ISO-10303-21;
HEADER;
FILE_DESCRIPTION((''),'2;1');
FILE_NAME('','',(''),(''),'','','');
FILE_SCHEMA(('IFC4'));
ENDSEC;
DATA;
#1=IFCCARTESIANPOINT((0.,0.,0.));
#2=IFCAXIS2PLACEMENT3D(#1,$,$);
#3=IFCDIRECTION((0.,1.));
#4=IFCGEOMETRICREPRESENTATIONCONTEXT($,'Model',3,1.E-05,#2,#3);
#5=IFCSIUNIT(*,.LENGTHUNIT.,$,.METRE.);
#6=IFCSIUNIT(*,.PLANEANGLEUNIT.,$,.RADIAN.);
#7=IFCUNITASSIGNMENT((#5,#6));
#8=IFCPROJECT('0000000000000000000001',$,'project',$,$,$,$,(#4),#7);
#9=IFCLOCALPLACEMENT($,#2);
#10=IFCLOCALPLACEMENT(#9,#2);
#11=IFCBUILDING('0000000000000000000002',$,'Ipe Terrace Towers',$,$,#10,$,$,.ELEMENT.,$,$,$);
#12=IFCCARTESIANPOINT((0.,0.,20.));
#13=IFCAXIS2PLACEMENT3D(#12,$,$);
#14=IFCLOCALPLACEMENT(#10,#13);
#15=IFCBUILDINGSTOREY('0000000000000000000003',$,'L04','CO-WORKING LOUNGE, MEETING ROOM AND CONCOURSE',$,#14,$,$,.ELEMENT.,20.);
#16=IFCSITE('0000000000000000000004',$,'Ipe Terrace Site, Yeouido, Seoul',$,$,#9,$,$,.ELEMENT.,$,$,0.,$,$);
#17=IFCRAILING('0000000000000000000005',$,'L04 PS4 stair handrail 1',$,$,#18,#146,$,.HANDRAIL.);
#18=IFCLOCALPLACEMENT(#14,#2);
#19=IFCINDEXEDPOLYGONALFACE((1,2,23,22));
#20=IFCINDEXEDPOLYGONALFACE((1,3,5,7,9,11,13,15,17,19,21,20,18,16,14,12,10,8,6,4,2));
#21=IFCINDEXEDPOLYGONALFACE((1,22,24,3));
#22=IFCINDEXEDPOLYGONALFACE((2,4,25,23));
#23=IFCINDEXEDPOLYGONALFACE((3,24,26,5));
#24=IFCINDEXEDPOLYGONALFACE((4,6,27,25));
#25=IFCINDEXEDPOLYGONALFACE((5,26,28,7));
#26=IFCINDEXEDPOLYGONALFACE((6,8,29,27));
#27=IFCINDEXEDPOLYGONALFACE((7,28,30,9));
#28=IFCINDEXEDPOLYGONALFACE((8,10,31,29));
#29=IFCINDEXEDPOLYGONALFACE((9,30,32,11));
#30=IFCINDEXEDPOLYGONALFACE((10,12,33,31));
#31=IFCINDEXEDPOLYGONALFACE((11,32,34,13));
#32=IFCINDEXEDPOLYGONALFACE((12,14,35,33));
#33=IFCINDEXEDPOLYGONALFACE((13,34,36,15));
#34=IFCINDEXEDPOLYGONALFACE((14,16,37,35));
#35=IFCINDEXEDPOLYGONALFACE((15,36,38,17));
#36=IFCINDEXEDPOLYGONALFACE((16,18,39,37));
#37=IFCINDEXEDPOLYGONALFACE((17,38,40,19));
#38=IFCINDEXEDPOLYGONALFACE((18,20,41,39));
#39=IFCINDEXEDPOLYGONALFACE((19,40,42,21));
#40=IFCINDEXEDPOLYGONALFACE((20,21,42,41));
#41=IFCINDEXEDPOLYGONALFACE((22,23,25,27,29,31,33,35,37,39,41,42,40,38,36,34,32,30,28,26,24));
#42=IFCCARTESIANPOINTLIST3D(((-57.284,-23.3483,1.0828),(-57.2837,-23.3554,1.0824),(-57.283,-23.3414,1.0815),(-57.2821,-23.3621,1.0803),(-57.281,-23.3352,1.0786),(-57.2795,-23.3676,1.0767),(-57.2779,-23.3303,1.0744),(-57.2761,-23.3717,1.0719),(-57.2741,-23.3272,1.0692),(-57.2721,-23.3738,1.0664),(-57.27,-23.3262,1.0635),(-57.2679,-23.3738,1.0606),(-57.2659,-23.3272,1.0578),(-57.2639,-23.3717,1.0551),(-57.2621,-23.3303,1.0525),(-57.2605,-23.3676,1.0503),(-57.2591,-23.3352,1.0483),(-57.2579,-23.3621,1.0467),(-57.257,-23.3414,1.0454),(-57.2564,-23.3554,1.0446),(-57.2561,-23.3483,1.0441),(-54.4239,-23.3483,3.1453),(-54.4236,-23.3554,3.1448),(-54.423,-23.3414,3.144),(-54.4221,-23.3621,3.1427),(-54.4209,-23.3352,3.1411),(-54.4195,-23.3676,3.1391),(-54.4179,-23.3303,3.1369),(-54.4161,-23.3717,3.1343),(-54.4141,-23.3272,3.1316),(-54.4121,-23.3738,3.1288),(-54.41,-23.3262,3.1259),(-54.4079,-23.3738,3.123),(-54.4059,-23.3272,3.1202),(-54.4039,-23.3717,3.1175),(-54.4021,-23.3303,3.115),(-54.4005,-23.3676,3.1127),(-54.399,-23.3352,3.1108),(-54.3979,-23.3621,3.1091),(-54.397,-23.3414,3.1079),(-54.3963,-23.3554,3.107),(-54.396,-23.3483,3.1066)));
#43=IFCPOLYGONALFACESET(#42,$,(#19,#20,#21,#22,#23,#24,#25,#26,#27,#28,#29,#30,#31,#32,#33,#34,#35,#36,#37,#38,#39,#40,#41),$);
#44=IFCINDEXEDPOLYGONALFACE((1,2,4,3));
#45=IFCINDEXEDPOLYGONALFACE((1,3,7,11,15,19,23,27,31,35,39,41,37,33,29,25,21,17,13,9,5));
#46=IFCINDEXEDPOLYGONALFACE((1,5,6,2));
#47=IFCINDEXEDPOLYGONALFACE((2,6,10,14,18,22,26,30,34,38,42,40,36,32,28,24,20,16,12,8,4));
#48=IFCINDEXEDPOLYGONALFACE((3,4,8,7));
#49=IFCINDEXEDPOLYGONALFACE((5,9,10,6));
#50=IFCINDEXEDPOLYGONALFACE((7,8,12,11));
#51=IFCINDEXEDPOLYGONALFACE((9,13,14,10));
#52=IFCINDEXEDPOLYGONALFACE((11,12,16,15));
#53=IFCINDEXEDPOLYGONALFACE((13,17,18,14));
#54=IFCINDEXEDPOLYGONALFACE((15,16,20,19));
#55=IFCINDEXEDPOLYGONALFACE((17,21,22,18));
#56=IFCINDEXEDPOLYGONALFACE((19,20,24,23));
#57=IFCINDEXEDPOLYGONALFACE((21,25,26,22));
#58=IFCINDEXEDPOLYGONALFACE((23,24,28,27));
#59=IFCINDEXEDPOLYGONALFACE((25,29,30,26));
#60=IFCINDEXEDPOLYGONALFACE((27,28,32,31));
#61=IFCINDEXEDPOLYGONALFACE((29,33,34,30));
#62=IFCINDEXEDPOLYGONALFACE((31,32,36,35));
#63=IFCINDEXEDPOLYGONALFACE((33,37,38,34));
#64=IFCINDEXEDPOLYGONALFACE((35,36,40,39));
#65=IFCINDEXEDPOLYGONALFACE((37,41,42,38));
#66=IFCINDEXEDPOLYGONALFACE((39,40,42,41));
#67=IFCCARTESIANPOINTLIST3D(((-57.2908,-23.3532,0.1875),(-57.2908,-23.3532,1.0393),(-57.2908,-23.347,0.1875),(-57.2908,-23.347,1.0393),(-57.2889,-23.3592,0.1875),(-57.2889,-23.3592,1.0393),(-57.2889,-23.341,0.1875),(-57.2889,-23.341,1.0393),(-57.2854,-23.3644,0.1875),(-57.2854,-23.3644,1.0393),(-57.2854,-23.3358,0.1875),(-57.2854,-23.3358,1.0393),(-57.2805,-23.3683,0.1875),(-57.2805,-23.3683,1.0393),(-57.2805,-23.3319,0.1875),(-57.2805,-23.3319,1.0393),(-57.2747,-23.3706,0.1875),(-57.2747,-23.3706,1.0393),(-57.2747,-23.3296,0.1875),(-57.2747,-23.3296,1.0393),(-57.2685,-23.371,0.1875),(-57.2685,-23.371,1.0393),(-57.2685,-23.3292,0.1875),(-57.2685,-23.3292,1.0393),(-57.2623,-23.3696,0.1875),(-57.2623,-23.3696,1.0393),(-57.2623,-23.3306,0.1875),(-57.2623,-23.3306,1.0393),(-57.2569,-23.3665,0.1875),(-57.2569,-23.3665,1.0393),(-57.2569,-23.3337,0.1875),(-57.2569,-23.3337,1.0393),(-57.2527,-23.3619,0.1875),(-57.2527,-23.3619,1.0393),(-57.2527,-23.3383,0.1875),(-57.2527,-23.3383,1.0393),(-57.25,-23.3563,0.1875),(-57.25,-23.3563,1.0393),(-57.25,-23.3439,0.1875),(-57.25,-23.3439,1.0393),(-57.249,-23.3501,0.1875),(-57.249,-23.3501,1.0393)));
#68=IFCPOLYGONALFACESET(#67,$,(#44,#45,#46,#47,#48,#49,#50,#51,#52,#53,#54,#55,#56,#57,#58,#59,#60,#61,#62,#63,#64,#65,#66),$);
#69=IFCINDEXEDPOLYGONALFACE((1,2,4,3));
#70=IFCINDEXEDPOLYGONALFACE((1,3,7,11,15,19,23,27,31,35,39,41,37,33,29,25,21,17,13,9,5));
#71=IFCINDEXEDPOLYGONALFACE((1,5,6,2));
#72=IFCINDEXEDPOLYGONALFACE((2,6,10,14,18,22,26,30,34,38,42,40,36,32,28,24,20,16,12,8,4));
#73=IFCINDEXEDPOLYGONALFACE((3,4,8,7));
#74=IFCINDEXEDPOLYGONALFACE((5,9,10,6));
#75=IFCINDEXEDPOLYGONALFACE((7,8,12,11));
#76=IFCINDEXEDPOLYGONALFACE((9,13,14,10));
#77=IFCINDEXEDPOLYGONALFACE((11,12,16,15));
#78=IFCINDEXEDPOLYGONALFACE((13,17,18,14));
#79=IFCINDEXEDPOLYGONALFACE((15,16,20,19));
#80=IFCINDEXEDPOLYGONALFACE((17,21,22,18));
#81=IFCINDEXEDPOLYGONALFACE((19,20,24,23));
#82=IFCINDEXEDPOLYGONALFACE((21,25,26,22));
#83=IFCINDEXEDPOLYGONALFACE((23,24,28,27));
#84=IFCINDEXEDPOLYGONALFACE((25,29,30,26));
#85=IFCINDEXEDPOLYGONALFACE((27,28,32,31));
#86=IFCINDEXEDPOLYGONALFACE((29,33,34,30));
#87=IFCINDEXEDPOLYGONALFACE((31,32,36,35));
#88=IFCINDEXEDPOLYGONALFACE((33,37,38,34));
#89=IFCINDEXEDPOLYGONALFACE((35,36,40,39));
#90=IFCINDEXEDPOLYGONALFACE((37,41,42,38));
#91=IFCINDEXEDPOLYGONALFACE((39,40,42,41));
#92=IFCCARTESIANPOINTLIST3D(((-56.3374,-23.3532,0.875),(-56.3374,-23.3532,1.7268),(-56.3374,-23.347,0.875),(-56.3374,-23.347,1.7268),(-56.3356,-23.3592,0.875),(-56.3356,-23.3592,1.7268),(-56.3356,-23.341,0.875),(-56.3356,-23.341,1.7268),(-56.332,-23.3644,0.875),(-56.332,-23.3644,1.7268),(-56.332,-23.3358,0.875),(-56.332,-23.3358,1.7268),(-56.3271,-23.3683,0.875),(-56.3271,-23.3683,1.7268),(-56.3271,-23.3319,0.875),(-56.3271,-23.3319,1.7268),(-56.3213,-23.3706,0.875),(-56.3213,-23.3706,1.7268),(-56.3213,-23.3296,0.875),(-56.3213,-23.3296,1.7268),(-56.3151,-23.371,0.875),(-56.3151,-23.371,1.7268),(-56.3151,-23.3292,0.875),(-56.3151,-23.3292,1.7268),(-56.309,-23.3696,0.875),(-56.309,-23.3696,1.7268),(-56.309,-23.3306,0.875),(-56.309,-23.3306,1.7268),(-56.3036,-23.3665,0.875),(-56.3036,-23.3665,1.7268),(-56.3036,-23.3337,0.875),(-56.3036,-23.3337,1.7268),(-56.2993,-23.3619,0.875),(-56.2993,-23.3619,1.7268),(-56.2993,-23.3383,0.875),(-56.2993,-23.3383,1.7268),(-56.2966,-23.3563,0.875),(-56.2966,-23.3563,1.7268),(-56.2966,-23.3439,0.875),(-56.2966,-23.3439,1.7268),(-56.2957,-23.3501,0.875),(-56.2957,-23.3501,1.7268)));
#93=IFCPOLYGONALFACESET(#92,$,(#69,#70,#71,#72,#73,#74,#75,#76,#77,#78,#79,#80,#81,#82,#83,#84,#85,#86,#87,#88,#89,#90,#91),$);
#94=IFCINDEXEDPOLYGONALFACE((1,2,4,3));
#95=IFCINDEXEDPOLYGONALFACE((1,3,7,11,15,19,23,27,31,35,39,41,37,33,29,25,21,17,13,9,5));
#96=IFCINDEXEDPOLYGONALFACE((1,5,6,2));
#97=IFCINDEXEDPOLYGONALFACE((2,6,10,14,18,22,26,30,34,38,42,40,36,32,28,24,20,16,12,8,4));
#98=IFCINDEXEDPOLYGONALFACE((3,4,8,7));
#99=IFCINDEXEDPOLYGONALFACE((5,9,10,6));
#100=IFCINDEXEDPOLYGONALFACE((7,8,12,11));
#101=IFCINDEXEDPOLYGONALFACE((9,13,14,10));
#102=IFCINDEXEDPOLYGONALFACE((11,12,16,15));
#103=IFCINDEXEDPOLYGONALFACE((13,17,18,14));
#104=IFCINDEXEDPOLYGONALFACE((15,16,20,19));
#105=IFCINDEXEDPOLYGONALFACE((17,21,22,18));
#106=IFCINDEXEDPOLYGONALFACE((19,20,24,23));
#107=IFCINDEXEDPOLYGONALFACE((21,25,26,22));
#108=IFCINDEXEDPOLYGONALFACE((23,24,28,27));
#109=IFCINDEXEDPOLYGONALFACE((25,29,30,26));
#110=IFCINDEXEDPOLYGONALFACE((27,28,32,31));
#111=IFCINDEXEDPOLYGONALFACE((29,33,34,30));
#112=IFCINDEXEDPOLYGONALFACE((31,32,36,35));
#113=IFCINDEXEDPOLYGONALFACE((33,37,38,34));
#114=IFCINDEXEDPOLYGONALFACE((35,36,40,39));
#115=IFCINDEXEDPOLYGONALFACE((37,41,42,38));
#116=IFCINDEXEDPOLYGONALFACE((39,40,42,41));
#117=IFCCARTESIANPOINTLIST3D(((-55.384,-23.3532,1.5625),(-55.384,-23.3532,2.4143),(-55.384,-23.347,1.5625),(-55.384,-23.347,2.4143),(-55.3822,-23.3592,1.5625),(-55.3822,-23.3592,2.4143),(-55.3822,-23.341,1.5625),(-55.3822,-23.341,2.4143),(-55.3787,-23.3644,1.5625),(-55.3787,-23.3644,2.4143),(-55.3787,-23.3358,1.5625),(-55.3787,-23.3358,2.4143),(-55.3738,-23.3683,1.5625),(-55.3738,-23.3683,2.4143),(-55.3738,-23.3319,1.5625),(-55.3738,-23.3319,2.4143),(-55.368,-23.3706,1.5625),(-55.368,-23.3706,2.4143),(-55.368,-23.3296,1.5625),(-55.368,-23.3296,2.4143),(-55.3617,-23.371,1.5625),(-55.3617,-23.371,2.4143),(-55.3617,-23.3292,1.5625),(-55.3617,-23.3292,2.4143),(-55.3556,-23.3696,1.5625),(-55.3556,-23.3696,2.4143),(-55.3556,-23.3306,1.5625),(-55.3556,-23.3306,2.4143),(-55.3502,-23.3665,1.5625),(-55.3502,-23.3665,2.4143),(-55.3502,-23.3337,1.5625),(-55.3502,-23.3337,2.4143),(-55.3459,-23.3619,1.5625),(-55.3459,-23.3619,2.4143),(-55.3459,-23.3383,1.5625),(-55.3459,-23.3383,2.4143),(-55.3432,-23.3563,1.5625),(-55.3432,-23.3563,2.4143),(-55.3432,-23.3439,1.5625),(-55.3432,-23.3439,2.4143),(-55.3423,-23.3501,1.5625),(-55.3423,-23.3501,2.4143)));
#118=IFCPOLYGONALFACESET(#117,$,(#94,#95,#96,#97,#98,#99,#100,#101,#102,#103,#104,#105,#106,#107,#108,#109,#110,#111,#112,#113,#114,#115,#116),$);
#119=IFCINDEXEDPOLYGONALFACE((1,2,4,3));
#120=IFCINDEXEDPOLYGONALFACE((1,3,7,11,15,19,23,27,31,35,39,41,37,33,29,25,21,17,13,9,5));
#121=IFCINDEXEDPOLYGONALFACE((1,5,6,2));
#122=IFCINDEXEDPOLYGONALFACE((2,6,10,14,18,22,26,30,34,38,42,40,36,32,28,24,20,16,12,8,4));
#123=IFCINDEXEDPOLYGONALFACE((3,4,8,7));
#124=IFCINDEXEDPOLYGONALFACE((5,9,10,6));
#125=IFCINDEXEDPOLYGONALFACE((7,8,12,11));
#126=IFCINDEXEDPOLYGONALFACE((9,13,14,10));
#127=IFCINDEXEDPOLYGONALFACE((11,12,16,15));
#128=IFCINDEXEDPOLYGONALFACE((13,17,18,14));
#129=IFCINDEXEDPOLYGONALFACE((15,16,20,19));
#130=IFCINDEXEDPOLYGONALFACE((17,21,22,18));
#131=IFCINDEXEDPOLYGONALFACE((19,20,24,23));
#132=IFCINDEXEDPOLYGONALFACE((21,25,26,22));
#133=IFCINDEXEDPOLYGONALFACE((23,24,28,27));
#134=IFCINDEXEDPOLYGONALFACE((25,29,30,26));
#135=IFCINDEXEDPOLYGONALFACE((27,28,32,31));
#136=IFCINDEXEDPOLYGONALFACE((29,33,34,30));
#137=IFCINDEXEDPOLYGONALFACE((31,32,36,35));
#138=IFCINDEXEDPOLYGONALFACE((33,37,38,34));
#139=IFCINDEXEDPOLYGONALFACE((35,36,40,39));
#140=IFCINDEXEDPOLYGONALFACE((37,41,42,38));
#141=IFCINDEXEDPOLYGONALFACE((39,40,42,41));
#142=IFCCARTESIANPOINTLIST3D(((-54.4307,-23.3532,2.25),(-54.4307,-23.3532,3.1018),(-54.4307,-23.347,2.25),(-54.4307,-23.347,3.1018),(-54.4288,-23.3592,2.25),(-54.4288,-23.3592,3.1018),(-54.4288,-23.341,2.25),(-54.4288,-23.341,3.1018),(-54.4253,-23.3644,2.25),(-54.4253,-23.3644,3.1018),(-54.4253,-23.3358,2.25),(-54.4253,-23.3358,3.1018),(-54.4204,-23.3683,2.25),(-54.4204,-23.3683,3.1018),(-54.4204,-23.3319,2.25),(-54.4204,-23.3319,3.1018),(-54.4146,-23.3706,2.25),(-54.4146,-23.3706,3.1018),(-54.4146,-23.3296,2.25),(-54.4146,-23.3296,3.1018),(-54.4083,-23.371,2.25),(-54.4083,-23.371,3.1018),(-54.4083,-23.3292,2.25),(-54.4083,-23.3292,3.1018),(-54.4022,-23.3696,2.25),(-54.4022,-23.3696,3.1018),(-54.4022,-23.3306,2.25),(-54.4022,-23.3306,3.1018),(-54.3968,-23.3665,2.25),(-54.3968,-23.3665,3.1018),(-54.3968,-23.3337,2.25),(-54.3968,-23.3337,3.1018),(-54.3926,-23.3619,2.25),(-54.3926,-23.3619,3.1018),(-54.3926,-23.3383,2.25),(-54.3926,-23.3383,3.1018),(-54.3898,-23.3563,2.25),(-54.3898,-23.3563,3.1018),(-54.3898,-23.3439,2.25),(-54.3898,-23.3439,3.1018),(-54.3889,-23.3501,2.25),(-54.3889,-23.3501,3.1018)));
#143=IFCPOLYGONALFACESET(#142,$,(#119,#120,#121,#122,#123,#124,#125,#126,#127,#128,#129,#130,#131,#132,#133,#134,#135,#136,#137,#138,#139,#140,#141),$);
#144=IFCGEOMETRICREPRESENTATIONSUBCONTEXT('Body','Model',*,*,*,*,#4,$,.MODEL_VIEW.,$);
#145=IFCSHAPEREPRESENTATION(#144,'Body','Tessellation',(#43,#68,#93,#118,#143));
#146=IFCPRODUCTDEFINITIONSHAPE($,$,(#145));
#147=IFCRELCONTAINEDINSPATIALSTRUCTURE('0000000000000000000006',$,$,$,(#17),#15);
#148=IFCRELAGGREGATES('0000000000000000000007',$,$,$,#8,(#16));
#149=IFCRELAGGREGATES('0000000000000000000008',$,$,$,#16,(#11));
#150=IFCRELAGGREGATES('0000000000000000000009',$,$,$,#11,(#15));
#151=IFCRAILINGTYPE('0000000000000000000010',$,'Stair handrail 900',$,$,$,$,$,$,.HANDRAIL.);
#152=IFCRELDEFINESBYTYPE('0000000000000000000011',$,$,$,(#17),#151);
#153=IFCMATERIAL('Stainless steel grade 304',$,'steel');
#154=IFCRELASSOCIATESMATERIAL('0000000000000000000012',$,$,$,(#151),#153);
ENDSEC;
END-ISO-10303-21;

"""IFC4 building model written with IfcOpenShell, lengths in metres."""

from ifc_helpers import new_model, si_unit, direction, frame, origin, origin_2d, place, context, subcontext, project, spatial, circle, extrude, material, type_object, element, save


model = new_model("IFC4")

# Units and contexts
model_context = context("Model", 3, precision=1e-05, world=origin(), true_north=direction((0.0, 1.0)))
body_context = subcontext(model_context, "Body", "Model", "MODEL_VIEW")
ifc_project = project(units=[si_unit("LENGTHUNIT", "METRE"), si_unit("PLANEANGLEUNIT", "RADIAN")], contexts=[model_context])

# Site, building, storey
site_placement = place(None, origin())
site = spatial("IfcSite", under=ifc_project, at=site_placement, Name="Ipe Terrace Site, Yeouido, Seoul", CompositionType="ELEMENT", RefElevation=0.0)
building_placement = place(site_placement, origin())
building = spatial("IfcBuilding", under=site, at=building_placement, Name="Ipe Terrace Towers", CompositionType="ELEMENT")
storey_placement = place(building_placement, frame((0.0, 0.0, 20.0)))
storey = spatial("IfcBuildingStorey", under=building, at=storey_placement, Name="L04", Description="CO-WORKING LOUNGE, MEETING ROOM AND CONCOURSE", CompositionType="ELEMENT", Elevation=20.0)

# Railing
ifc_material_1 = material(Name="Stainless steel grade 304", Category="steel")
railing_type_1 = type_object("IfcRailingType", Name="Stair handrail 900", PredefinedType="HANDRAIL", material=ifc_material_1)
railing_1_placement = place(storey_placement, frame((-57.27, -23.3501, 0.1875)))
element("IfcRailing", 1, at=railing_1_placement, inside=storey, type_object=railing_type_1, Name="L04 PS4 stair handrail 1", PredefinedType="HANDRAIL", context=body_context, shape_type="SweptSolid", body=[
    extrude(circle(Radius=0.0239, at=origin_2d()), frame((0.0, 0.0, 0.876), z_axis=(0.811101, 0.0, 0.584906), x_axis=(0.0, 1.0, 0.0)), (0.0, 0.0, 1.0), 3.5261),
    extrude(circle(Radius=0.021, at=origin_2d()), origin(), (0.0, 0.0, 1.0), 0.8518),
    extrude(circle(Radius=0.021, at=origin_2d()), frame((0.9534, 0.0, 0.6875)), (0.0, 0.0, 1.0), 0.8518),
    extrude(circle(Radius=0.021, at=origin_2d()), frame((1.9067, 0.0, 1.375)), (0.0, 0.0, 1.0), 0.8518),
    extrude(circle(Radius=0.021, at=origin_2d()), frame((2.8601, 0.0, 2.0625)), (0.0, 0.0, 1.0), 0.8518),
])

save(model, "model.ifc")
